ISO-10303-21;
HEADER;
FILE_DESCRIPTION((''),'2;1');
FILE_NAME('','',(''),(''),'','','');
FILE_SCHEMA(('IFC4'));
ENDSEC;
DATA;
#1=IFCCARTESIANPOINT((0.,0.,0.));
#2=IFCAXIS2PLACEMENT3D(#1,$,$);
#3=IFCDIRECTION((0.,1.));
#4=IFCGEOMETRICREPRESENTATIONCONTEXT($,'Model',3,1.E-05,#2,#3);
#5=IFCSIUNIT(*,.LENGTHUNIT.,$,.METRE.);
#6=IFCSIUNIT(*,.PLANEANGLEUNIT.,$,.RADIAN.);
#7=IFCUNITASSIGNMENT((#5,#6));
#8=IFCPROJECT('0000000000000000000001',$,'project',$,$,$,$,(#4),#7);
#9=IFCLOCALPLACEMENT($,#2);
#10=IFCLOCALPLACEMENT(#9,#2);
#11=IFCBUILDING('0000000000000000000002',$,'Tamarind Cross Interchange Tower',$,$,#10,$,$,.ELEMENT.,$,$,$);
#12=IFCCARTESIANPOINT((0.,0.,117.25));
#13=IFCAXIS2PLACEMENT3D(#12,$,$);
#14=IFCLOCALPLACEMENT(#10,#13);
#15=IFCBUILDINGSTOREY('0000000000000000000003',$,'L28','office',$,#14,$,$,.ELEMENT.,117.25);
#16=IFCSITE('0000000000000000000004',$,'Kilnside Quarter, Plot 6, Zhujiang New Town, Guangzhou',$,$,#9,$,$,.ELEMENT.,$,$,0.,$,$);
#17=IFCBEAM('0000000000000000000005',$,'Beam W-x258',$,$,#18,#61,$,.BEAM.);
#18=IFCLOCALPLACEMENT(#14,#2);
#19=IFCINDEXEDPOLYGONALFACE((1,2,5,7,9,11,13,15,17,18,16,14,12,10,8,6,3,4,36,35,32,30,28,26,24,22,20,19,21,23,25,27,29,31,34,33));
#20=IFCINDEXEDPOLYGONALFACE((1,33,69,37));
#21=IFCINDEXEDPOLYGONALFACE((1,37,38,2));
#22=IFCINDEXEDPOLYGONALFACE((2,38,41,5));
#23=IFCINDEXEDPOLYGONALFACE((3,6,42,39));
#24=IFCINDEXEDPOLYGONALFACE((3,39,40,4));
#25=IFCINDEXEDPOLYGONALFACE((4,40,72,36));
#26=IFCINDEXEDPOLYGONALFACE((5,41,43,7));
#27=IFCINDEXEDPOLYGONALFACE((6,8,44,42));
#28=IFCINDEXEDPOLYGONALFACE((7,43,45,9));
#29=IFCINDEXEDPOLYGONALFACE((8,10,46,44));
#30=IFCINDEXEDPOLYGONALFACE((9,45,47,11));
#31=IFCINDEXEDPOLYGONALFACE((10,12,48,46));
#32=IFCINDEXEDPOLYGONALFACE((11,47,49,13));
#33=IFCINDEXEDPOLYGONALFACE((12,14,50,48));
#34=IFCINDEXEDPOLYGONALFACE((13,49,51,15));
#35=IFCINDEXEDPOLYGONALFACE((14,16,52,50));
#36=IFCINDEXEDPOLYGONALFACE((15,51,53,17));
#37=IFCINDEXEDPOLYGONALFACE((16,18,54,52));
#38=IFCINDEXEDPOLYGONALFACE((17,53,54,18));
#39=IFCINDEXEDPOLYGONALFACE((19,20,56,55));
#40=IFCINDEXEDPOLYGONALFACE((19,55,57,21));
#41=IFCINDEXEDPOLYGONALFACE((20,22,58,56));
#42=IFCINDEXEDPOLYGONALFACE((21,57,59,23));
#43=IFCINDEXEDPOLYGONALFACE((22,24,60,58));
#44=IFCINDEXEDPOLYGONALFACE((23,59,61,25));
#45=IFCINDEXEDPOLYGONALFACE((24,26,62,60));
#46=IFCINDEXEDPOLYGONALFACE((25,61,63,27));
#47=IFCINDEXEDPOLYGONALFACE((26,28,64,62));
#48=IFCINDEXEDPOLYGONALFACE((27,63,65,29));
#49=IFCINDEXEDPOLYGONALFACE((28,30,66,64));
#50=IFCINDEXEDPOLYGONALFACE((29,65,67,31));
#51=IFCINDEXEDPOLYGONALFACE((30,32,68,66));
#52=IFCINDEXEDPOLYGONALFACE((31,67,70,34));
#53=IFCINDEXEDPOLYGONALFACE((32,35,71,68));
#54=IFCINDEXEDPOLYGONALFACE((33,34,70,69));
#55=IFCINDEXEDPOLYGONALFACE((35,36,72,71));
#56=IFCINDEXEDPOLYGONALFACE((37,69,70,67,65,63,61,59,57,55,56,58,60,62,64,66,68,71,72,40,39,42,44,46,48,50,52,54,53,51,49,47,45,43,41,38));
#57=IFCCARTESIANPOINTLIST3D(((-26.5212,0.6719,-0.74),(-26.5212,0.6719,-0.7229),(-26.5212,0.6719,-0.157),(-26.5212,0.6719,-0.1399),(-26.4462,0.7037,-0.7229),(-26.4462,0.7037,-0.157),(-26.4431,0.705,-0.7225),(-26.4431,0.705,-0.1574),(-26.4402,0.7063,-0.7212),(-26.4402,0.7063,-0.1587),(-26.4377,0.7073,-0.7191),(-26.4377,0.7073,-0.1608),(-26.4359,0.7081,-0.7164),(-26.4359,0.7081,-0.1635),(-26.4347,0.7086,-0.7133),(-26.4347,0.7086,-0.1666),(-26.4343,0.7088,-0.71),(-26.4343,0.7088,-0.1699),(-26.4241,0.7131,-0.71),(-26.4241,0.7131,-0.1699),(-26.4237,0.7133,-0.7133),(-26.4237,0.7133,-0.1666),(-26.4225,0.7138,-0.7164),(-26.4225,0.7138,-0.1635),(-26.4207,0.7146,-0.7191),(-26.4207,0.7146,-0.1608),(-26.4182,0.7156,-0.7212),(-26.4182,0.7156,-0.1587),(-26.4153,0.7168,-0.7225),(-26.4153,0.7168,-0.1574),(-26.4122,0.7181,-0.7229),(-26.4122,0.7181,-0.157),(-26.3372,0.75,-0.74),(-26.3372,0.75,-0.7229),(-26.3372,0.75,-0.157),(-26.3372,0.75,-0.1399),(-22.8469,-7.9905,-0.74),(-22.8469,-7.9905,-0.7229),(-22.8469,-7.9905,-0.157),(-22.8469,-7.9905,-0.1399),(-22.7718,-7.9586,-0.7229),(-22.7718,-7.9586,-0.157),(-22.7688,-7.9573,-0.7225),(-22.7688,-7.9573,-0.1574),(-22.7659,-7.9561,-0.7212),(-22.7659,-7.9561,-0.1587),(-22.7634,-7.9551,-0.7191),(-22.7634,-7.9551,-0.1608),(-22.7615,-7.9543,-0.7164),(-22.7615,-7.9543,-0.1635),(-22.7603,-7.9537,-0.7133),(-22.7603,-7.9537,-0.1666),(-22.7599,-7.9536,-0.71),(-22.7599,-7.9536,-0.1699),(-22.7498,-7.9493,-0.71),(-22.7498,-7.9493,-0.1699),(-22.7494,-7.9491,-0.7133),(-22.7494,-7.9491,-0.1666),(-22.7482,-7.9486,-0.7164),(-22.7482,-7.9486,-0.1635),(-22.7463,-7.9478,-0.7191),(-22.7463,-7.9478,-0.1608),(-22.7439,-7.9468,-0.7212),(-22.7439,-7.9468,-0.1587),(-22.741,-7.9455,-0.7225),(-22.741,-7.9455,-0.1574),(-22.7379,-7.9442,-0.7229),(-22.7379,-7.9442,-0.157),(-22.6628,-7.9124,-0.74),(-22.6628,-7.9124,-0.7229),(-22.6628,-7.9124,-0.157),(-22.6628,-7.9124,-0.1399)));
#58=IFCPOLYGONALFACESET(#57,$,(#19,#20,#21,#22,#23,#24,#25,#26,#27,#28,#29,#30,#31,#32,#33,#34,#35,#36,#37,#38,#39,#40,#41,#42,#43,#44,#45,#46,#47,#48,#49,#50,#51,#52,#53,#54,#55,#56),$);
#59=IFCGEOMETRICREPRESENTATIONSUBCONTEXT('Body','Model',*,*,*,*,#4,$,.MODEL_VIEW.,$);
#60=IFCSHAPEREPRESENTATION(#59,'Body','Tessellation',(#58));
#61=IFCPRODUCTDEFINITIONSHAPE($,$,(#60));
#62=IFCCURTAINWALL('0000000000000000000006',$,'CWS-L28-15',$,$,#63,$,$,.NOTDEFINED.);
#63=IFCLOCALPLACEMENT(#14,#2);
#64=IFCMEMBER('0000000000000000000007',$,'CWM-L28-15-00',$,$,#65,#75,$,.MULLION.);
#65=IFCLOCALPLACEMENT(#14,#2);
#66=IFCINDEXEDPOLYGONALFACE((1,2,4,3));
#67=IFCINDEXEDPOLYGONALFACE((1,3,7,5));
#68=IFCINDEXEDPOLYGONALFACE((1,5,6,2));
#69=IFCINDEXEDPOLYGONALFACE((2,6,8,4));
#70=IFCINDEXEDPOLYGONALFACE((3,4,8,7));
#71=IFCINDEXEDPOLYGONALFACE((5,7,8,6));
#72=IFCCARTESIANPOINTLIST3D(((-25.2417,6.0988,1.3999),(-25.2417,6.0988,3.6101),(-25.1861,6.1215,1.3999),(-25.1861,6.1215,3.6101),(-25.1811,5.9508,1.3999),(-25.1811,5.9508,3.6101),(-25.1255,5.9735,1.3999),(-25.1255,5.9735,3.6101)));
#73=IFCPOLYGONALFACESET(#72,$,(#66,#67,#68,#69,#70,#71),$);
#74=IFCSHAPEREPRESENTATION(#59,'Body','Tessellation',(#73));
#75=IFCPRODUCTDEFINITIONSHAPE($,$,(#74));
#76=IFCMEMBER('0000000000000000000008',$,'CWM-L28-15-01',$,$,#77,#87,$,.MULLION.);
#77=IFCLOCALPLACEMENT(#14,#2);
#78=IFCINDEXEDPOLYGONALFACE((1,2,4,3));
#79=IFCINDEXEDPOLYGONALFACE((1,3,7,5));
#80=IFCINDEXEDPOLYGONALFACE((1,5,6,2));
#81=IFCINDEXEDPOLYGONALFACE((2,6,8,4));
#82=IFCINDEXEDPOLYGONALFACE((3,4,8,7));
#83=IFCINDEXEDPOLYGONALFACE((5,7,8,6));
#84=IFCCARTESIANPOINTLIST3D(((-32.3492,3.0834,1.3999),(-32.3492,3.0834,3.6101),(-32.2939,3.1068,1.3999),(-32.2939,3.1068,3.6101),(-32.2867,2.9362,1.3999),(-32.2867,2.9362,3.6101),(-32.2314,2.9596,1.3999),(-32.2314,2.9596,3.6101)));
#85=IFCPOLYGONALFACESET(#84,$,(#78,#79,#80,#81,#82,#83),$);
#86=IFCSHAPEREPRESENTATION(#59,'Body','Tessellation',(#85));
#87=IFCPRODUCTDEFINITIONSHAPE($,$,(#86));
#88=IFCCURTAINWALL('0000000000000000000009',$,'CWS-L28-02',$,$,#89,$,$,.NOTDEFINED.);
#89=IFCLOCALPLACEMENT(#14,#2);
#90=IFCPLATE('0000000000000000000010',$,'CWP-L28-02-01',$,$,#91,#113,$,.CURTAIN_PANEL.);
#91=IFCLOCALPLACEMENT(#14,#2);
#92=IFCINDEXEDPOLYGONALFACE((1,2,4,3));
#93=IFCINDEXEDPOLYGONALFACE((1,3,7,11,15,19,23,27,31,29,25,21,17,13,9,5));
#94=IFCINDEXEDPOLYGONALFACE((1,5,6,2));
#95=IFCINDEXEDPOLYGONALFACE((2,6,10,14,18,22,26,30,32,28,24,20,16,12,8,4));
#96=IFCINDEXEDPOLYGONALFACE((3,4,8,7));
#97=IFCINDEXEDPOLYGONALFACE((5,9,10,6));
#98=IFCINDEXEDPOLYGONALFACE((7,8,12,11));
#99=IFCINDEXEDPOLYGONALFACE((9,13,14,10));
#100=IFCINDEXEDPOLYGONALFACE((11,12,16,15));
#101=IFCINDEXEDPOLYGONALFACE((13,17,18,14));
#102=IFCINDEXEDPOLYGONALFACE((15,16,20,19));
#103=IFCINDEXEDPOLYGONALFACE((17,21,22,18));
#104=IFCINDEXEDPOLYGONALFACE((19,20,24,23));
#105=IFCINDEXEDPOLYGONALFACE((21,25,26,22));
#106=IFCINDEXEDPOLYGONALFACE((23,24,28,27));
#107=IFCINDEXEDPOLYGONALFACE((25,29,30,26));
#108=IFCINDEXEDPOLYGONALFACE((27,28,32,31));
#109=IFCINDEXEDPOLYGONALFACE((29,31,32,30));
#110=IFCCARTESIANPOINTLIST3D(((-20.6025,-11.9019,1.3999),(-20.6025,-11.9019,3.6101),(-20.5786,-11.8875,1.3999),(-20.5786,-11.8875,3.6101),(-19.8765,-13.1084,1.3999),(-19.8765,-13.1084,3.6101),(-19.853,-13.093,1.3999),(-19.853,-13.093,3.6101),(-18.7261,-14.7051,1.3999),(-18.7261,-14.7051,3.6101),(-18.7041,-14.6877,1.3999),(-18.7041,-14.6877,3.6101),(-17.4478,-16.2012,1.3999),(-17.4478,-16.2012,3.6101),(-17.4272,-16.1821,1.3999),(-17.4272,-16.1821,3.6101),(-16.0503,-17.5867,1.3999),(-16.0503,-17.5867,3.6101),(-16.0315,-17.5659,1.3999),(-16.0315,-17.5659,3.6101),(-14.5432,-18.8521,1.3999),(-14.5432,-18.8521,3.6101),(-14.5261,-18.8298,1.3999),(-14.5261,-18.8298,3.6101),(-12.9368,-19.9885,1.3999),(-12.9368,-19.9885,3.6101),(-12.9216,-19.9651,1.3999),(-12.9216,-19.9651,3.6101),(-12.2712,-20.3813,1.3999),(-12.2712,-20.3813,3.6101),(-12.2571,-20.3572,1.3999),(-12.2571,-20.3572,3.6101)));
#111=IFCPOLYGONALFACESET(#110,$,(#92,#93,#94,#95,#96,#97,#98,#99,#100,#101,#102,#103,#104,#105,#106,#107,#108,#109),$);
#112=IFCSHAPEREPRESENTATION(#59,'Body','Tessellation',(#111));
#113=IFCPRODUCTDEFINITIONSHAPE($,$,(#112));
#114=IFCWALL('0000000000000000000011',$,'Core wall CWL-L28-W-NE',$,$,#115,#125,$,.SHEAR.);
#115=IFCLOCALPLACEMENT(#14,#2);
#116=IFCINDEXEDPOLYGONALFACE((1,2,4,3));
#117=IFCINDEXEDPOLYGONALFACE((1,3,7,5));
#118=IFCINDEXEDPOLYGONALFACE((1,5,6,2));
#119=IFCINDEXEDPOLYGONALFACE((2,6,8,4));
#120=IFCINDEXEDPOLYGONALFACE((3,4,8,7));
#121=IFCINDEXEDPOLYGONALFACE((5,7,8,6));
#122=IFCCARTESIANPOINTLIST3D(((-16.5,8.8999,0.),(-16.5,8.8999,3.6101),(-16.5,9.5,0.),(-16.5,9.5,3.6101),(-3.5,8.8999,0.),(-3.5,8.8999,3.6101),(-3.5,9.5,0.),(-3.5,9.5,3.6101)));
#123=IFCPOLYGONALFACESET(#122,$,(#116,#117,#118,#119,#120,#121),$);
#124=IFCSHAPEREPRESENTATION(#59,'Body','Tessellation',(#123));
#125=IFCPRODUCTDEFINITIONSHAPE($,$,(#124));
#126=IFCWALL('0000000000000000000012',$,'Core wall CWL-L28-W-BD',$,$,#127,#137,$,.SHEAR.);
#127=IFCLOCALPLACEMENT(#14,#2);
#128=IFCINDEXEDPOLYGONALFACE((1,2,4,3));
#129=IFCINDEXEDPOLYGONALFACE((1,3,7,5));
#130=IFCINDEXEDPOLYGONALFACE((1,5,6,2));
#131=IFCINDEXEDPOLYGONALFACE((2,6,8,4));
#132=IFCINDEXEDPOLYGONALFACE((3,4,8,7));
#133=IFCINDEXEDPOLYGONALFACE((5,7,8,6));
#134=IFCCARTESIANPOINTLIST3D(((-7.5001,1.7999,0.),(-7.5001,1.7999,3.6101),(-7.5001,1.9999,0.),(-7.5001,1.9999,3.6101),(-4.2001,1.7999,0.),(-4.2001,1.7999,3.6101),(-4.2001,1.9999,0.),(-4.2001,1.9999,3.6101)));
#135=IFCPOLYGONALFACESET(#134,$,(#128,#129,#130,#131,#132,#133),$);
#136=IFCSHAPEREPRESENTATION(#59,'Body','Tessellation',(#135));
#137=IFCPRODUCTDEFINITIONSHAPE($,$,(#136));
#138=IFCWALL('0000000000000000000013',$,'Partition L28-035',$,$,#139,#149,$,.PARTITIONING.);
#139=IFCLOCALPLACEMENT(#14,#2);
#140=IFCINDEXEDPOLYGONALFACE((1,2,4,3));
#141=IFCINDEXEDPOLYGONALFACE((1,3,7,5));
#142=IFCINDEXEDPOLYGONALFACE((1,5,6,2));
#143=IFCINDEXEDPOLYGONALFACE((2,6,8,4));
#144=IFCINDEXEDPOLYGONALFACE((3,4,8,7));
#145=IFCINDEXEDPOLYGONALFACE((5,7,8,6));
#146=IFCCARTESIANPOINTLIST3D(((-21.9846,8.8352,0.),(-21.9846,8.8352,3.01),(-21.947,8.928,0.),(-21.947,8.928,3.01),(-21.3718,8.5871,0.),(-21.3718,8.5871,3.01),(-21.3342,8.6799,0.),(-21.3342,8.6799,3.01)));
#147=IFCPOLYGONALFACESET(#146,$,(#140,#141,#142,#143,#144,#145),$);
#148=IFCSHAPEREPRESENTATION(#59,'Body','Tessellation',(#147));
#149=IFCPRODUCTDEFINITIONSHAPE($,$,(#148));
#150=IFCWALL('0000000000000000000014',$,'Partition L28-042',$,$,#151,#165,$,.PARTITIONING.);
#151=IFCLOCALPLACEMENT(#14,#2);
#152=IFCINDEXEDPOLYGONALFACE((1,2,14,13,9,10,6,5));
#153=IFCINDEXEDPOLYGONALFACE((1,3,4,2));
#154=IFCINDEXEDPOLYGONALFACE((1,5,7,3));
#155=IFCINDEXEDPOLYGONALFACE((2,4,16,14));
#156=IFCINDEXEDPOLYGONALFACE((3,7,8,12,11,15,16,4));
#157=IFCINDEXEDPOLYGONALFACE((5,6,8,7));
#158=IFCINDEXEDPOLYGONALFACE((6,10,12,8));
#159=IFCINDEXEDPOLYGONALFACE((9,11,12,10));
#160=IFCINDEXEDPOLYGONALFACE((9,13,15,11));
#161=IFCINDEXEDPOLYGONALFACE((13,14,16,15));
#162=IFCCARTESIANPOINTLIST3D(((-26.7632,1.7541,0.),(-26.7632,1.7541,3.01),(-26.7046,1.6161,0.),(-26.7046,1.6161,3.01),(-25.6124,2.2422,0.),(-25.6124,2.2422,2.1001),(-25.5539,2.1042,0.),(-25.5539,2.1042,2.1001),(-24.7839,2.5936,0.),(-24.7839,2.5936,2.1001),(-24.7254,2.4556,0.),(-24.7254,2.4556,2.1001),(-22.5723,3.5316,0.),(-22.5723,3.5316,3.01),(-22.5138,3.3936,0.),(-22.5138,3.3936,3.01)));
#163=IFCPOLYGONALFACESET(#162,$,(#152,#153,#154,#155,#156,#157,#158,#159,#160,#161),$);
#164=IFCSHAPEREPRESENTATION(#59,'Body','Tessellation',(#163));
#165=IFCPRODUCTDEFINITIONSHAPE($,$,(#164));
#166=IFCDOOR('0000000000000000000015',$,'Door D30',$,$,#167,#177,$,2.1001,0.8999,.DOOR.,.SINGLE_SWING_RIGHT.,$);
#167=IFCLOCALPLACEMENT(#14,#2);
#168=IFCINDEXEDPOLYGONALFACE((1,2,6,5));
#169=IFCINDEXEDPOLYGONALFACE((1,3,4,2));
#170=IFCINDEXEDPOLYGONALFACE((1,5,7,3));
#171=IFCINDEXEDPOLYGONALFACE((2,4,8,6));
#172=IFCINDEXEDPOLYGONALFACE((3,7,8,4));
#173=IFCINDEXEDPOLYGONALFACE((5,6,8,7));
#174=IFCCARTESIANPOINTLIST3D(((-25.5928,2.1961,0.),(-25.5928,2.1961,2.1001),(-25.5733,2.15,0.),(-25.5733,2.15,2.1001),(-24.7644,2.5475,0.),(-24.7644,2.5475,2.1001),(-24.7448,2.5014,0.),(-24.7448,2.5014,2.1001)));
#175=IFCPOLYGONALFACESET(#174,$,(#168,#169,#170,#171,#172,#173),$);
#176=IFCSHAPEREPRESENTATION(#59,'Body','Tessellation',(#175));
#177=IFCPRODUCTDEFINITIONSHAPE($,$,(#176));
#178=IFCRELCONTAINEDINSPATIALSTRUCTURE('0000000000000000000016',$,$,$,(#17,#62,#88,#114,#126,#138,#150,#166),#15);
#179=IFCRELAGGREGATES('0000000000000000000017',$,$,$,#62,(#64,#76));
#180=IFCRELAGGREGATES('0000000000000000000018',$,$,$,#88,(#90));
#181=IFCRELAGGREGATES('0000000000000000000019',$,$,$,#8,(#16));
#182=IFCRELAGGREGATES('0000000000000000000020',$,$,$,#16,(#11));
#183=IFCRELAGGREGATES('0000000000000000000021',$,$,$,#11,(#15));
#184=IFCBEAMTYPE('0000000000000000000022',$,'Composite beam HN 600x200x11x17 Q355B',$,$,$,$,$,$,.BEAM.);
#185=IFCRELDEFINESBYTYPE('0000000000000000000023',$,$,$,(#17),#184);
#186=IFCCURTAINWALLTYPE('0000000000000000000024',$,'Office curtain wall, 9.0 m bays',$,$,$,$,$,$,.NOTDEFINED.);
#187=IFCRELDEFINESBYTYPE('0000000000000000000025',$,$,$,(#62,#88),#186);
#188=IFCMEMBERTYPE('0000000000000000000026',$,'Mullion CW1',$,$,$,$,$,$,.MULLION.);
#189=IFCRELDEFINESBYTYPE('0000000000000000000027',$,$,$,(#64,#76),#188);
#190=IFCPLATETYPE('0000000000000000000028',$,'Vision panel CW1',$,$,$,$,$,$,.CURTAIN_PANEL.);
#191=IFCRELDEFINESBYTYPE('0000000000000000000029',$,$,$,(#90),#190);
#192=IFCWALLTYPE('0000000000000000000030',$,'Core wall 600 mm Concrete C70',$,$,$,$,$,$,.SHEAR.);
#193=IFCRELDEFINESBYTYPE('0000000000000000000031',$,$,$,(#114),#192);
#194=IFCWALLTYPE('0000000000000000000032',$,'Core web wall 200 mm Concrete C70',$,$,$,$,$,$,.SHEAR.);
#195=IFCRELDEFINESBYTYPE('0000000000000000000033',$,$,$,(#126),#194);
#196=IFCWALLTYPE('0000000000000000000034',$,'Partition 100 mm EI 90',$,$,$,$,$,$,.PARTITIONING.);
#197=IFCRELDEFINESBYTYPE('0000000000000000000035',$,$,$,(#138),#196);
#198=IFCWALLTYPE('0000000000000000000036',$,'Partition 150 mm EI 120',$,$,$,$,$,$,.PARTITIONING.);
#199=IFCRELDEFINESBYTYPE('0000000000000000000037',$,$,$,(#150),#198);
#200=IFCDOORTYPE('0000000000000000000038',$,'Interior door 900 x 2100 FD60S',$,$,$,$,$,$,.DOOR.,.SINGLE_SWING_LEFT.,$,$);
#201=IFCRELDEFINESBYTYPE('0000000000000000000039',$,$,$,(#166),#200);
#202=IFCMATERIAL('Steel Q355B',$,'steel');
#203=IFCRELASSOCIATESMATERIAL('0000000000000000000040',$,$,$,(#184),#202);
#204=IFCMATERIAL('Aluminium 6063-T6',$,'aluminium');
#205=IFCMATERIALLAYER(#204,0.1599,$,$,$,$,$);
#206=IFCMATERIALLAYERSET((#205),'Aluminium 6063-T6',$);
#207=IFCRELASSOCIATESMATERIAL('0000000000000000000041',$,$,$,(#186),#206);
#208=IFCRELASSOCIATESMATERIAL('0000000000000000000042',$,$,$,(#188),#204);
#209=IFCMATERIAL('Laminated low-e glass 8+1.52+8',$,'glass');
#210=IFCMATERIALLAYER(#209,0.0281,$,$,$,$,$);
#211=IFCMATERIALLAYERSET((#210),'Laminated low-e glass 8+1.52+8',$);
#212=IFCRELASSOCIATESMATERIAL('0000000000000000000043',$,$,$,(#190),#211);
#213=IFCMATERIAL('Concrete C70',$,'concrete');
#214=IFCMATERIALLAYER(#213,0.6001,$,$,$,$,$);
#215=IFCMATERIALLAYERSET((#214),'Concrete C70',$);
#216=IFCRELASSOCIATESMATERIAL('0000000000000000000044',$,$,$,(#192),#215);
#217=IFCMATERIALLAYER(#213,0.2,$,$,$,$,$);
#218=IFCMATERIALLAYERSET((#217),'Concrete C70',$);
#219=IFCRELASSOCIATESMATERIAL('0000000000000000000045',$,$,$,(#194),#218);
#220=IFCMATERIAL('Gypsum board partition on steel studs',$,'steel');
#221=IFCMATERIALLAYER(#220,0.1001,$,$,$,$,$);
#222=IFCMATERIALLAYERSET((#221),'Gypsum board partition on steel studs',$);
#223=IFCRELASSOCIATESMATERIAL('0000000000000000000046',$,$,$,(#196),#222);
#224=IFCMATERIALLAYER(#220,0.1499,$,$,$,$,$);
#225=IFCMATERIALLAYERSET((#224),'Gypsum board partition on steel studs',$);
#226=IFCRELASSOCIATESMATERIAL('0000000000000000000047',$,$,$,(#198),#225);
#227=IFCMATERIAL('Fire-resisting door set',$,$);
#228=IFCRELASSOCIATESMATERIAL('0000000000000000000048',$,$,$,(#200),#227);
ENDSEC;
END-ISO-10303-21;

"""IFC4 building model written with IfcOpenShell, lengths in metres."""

from ifc_helpers import new_model, si_unit, direction, frame, frame_2d, origin, origin_2d, place, context, subcontext, project, spatial, polyline, rectangle, i_section, outline, extrude, material, layer, layer_set, material_profile, profile_set, type_object, element, fill, aggregate, save


model = new_model("IFC4")

# Units and contexts
model_context = context("Model", 3, precision=1e-05, world=origin(), true_north=direction((0.0, 1.0)))
body_context = subcontext(model_context, "Body", "Model", "MODEL_VIEW")
ifc_project = project(units=[si_unit("LENGTHUNIT", "METRE"), si_unit("PLANEANGLEUNIT", "RADIAN")], contexts=[model_context])

# Site, building, storey
site_placement = place(None, origin())
site = spatial("IfcSite", under=ifc_project, at=site_placement, Name="Kilnside Quarter, Plot 6, Zhujiang New Town, Guangzhou", CompositionType="ELEMENT", RefElevation=0.0)
building_placement = place(site_placement, origin())
building = spatial("IfcBuilding", under=site, at=building_placement, Name="Tamarind Cross Interchange Tower", CompositionType="ELEMENT")
storey_placement = place(building_placement, frame((0.0, 0.0, 117.25)))
storey = spatial("IfcBuildingStorey", under=building, at=storey_placement, Name="L28", Description="office", CompositionType="ELEMENT", Elevation=117.25)

# Beam
ifc_material_1 = material(Name="Steel Q355B", Category="steel")
ifc_material_profile_1 = material_profile(ifc_material_1, i_section(OverallWidth=0.2, OverallDepth=0.6001, WebThickness=0.011, FlangeThickness=0.0171, FilletRadius=0.0129, at=origin_2d()), Name="HN 600x200x11x17")
ifc_profile_set_1 = profile_set([ifc_material_profile_1], Name="Steel Q355B")
beam_type_1 = type_object("IfcBeamType", Name="Composite beam HN 600x200x11x17 Q355B", PredefinedType="BEAM", material=ifc_profile_set_1)
beam_1_placement = place(storey_placement, frame((-26.4292, 0.7109, -0.4399), z_axis=(0.390494, -0.920606, 0.0), x_axis=(0.920606, 0.390494, 0.0)))
element("IfcBeam", 1, at=beam_1_placement, inside=storey, type_object=beam_type_1, Name="Beam W-x258", PredefinedType="BEAM", context=body_context, shape_type="SweptSolid", body=[
    extrude(i_section(OverallWidth=0.2, OverallDepth=0.6001, WebThickness=0.011, FlangeThickness=0.0171, FilletRadius=0.0129, at=origin_2d()), origin(), (0.0, 0.0, 1.0), 9.4094),
])

# Curtain wall, members
ifc_material_2 = material(Name="Aluminium 6063-T6", Category="aluminium")
ifc_layer_1 = layer(ifc_material_2, 0.1599)
ifc_layer_set_1 = layer_set([ifc_layer_1], Name="Aluminium 6063-T6")
curtain_wall_type = type_object("IfcCurtainWallType", Name="Office curtain wall, 9.0 m bays", PredefinedType="NOTDEFINED", material=ifc_layer_set_1)
curtain_wall_1_placement = place(storey_placement, origin())
curtain_wall_1 = element("IfcCurtainWall", 2, at=curtain_wall_1_placement, inside=storey, type_object=curtain_wall_type, Name="CWS-L28-15", PredefinedType="NOTDEFINED")
ifc_material_profile_2 = material_profile(ifc_material_2, rectangle(XDim=0.0601, YDim=0.1599, at=origin_2d()), Name="Mullion CW1")
ifc_profile_set_2 = profile_set([ifc_material_profile_2], Name="Aluminium 6063-T6")
member_type = type_object("IfcMemberType", Name="Mullion CW1", PredefinedType="MULLION", material=ifc_profile_set_2)
member_1_placement = place(storey_placement, frame((-25.1836, 6.0361, 1.3999), z_axis=(0.0, 0.0, 1.0), x_axis=(-0.925507, -0.378731, 0.0)))
member_1 = element("IfcMember", 3, at=member_1_placement, type_object=member_type, Name="CWM-L28-15-00", PredefinedType="MULLION", context=body_context, shape_type="SweptSolid", body=[
    extrude(rectangle(XDim=0.0601, YDim=0.1599, at=origin_2d()), origin(), (0.0, 0.0, 1.0), 2.2102),
])
member_2_placement = place(storey_placement, frame((-32.2903, 3.0215, 1.3999), z_axis=(0.0, 0.0, 1.0), x_axis=(-0.920603, -0.3905, 0.0)))
member_2 = element("IfcMember", 4, at=member_2_placement, type_object=member_type, Name="CWM-L28-15-01", PredefinedType="MULLION", context=body_context, shape_type="SweptSolid", body=[
    extrude(rectangle(XDim=0.0601, YDim=0.1599, at=origin_2d()), origin(), (0.0, 0.0, 1.0), 2.2102),
])
aggregate(curtain_wall_1, [member_1, member_2])

# Curtain wall, plate
curtain_wall_2_placement = place(storey_placement, origin())
curtain_wall_2 = element("IfcCurtainWall", 5, at=curtain_wall_2_placement, inside=storey, type_object=curtain_wall_type, Name="CWS-L28-02", PredefinedType="NOTDEFINED")
ifc_material_3 = material(Name="Laminated low-e glass 8+1.52+8", Category="glass")
ifc_layer_2 = layer(ifc_material_3, 0.0281)
ifc_layer_set_2 = layer_set([ifc_layer_2], Name="Laminated low-e glass 8+1.52+8")
plate_type = type_object("IfcPlateType", Name="Vision panel CW1", PredefinedType="CURTAIN_PANEL", material=ifc_layer_set_2)
plate_placement = place(storey_placement, frame((0.0, 0.0, 1.3999)))
plate = element("IfcPlate", 6, at=plate_placement, type_object=plate_type, Name="CWP-L28-02-01", PredefinedType="CURTAIN_PANEL", context=body_context, shape_type="SweptSolid", body=[
    extrude(outline(polyline([(-20.5786, -11.8875), (-19.853, -13.093), (-18.7041, -14.6877), (-17.4272, -16.1821), (-16.0315, -17.5659), (-14.5261, -18.8298), (-12.9216, -19.9651), (-12.2571, -20.3572), (-12.2712, -20.3813), (-12.9368, -19.9885), (-14.5432, -18.8521), (-16.0503, -17.5867), (-17.4478, -16.2012), (-18.7261, -14.7051), (-19.8765, -13.1084), (-20.6025, -11.9019), (-20.5786, -11.8875)])), origin(), (0.0, 0.0, 1.0), 2.2102),
])
aggregate(curtain_wall_2, [plate])

# Walls
ifc_material_4 = material(Name="Concrete C70", Category="concrete")
ifc_layer_3 = layer(ifc_material_4, 0.6001)
ifc_layer_set_3 = layer_set([ifc_layer_3], Name="Concrete C70")
wall_type_1 = type_object("IfcWallType", Name="Core wall 600 mm Concrete C70", PredefinedType="SHEAR", material=ifc_layer_set_3)
wall_1_placement = place(storey_placement, frame((-16.5, 9.2, 0.0), z_axis=(0.0, 0.0, 1.0), x_axis=(1.0, 0.0, 0.0)))
element("IfcWall", 7, at=wall_1_placement, inside=storey, type_object=wall_type_1, Name="Core wall CWL-L28-W-NE", PredefinedType="SHEAR", context=body_context, shape_type="SweptSolid", body=[
    extrude(rectangle(XDim=13.0, YDim=0.6001, at=frame_2d((6.5, 0.0))), origin(), (0.0, 0.0, 1.0), 3.6101),
])
ifc_layer_4 = layer(ifc_material_4, 0.2)
ifc_layer_set_4 = layer_set([ifc_layer_4], Name="Concrete C70")
wall_type_2 = type_object("IfcWallType", Name="Core web wall 200 mm Concrete C70", PredefinedType="SHEAR", material=ifc_layer_set_4)
wall_2_placement = place(storey_placement, frame((-7.5, 1.8999, 0.0), z_axis=(0.0, 0.0, 1.0), x_axis=(1.0, 0.0, 0.0)))
element("IfcWall", 8, at=wall_2_placement, inside=storey, type_object=wall_type_2, Name="Core wall CWL-L28-W-BD", PredefinedType="SHEAR", context=body_context, shape_type="SweptSolid", body=[
    extrude(rectangle(XDim=3.3, YDim=0.2, at=frame_2d((1.6499, 0.0))), origin(), (0.0, 0.0, 1.0), 3.6101),
])
ifc_material_5 = material(Name="Gypsum board partition on steel studs", Category="steel")
ifc_layer_5 = layer(ifc_material_5, 0.1001)
ifc_layer_set_5 = layer_set([ifc_layer_5], Name="Gypsum board partition on steel studs")
wall_type_3 = type_object("IfcWallType", Name="Partition 100 mm EI 90", PredefinedType="PARTITIONING", material=ifc_layer_set_5)
wall_3_placement = place(storey_placement, frame((-21.9658, 8.8816, 0.0), z_axis=(0.0, 0.0, 1.0), x_axis=(0.926941, -0.375208, 0.0)))
element("IfcWall", 9, at=wall_3_placement, inside=storey, type_object=wall_type_3, Name="Partition L28-035", PredefinedType="PARTITIONING", context=body_context, shape_type="SweptSolid", body=[
    extrude(rectangle(XDim=0.6611, YDim=0.1001, at=frame_2d((0.3306, 0.0))), origin(), (0.0, 0.0, 1.0), 3.01),
])

# Wall, opening, door
ifc_layer_6 = layer(ifc_material_5, 0.1499)
ifc_layer_set_6 = layer_set([ifc_layer_6], Name="Gypsum board partition on steel studs")
wall_type_4 = type_object("IfcWallType", Name="Partition 150 mm EI 120", PredefinedType="PARTITIONING", material=ifc_layer_set_6)
wall_4_placement = place(storey_placement, frame((-26.7339, 1.6851, 0.0), z_axis=(0.0, 0.0, 1.0), x_axis=(0.920612, 0.39048, 0.0)))
wall_4 = element("IfcWall", 10, at=wall_4_placement, inside=storey, type_object=wall_type_4, Name="Partition L28-042", PredefinedType="PARTITIONING", context=body_context, shape_type="SweptSolid", body=[
    extrude(rectangle(XDim=4.5522, YDim=0.1499, at=frame_2d((2.2761, 0.0))), origin(), (0.0, 0.0, 1.0), 3.01),
])
opening_1_placement = place(wall_4_placement, frame((1.25, 0.0, 0.0)))
opening_1 = element("IfcOpeningElement", 11, at=opening_1_placement, cuts=wall_4, PredefinedType="OPENING", context=body_context, shape_type="SweptSolid", body=[
    extrude(rectangle(XDim=0.8999, YDim=2.1001, at=frame_2d((0.45, 1.05))), frame((0.0, 0.085, 0.0), z_axis=(0.0, -1.0, 0.0), x_axis=(1.0, 0.0, 0.0)), (0.0, 0.0, 1.0), 0.1699),
])
ifc_material_6 = material(Name="Fire-resisting door set")
door_type_1 = type_object("IfcDoorType", Name="Interior door 900 x 2100 FD60S", OperationType="SINGLE_SWING_LEFT", PredefinedType="DOOR", material=ifc_material_6)
door_1_placement = place(opening_1_placement, origin())
door_1 = element("IfcDoor", 12, at=door_1_placement, inside=storey, type_object=door_type_1, Name="Door D30", OperationType="SINGLE_SWING_RIGHT", OverallHeight=2.1001, OverallWidth=0.8999, PredefinedType="DOOR", context=body_context, shape_type="SweptSolid", body=[
    extrude(rectangle(XDim=0.8999, YDim=2.1001, at=frame_2d((0.45, 1.05))), frame((0.0, 0.0249, 0.0), z_axis=(0.0, -1.0, 0.0), x_axis=(1.0, 0.0, 0.0)), (0.0, 0.0, 1.0), 0.05),
])
fill(opening_1, door_1)

save(model, "model.ifc")
